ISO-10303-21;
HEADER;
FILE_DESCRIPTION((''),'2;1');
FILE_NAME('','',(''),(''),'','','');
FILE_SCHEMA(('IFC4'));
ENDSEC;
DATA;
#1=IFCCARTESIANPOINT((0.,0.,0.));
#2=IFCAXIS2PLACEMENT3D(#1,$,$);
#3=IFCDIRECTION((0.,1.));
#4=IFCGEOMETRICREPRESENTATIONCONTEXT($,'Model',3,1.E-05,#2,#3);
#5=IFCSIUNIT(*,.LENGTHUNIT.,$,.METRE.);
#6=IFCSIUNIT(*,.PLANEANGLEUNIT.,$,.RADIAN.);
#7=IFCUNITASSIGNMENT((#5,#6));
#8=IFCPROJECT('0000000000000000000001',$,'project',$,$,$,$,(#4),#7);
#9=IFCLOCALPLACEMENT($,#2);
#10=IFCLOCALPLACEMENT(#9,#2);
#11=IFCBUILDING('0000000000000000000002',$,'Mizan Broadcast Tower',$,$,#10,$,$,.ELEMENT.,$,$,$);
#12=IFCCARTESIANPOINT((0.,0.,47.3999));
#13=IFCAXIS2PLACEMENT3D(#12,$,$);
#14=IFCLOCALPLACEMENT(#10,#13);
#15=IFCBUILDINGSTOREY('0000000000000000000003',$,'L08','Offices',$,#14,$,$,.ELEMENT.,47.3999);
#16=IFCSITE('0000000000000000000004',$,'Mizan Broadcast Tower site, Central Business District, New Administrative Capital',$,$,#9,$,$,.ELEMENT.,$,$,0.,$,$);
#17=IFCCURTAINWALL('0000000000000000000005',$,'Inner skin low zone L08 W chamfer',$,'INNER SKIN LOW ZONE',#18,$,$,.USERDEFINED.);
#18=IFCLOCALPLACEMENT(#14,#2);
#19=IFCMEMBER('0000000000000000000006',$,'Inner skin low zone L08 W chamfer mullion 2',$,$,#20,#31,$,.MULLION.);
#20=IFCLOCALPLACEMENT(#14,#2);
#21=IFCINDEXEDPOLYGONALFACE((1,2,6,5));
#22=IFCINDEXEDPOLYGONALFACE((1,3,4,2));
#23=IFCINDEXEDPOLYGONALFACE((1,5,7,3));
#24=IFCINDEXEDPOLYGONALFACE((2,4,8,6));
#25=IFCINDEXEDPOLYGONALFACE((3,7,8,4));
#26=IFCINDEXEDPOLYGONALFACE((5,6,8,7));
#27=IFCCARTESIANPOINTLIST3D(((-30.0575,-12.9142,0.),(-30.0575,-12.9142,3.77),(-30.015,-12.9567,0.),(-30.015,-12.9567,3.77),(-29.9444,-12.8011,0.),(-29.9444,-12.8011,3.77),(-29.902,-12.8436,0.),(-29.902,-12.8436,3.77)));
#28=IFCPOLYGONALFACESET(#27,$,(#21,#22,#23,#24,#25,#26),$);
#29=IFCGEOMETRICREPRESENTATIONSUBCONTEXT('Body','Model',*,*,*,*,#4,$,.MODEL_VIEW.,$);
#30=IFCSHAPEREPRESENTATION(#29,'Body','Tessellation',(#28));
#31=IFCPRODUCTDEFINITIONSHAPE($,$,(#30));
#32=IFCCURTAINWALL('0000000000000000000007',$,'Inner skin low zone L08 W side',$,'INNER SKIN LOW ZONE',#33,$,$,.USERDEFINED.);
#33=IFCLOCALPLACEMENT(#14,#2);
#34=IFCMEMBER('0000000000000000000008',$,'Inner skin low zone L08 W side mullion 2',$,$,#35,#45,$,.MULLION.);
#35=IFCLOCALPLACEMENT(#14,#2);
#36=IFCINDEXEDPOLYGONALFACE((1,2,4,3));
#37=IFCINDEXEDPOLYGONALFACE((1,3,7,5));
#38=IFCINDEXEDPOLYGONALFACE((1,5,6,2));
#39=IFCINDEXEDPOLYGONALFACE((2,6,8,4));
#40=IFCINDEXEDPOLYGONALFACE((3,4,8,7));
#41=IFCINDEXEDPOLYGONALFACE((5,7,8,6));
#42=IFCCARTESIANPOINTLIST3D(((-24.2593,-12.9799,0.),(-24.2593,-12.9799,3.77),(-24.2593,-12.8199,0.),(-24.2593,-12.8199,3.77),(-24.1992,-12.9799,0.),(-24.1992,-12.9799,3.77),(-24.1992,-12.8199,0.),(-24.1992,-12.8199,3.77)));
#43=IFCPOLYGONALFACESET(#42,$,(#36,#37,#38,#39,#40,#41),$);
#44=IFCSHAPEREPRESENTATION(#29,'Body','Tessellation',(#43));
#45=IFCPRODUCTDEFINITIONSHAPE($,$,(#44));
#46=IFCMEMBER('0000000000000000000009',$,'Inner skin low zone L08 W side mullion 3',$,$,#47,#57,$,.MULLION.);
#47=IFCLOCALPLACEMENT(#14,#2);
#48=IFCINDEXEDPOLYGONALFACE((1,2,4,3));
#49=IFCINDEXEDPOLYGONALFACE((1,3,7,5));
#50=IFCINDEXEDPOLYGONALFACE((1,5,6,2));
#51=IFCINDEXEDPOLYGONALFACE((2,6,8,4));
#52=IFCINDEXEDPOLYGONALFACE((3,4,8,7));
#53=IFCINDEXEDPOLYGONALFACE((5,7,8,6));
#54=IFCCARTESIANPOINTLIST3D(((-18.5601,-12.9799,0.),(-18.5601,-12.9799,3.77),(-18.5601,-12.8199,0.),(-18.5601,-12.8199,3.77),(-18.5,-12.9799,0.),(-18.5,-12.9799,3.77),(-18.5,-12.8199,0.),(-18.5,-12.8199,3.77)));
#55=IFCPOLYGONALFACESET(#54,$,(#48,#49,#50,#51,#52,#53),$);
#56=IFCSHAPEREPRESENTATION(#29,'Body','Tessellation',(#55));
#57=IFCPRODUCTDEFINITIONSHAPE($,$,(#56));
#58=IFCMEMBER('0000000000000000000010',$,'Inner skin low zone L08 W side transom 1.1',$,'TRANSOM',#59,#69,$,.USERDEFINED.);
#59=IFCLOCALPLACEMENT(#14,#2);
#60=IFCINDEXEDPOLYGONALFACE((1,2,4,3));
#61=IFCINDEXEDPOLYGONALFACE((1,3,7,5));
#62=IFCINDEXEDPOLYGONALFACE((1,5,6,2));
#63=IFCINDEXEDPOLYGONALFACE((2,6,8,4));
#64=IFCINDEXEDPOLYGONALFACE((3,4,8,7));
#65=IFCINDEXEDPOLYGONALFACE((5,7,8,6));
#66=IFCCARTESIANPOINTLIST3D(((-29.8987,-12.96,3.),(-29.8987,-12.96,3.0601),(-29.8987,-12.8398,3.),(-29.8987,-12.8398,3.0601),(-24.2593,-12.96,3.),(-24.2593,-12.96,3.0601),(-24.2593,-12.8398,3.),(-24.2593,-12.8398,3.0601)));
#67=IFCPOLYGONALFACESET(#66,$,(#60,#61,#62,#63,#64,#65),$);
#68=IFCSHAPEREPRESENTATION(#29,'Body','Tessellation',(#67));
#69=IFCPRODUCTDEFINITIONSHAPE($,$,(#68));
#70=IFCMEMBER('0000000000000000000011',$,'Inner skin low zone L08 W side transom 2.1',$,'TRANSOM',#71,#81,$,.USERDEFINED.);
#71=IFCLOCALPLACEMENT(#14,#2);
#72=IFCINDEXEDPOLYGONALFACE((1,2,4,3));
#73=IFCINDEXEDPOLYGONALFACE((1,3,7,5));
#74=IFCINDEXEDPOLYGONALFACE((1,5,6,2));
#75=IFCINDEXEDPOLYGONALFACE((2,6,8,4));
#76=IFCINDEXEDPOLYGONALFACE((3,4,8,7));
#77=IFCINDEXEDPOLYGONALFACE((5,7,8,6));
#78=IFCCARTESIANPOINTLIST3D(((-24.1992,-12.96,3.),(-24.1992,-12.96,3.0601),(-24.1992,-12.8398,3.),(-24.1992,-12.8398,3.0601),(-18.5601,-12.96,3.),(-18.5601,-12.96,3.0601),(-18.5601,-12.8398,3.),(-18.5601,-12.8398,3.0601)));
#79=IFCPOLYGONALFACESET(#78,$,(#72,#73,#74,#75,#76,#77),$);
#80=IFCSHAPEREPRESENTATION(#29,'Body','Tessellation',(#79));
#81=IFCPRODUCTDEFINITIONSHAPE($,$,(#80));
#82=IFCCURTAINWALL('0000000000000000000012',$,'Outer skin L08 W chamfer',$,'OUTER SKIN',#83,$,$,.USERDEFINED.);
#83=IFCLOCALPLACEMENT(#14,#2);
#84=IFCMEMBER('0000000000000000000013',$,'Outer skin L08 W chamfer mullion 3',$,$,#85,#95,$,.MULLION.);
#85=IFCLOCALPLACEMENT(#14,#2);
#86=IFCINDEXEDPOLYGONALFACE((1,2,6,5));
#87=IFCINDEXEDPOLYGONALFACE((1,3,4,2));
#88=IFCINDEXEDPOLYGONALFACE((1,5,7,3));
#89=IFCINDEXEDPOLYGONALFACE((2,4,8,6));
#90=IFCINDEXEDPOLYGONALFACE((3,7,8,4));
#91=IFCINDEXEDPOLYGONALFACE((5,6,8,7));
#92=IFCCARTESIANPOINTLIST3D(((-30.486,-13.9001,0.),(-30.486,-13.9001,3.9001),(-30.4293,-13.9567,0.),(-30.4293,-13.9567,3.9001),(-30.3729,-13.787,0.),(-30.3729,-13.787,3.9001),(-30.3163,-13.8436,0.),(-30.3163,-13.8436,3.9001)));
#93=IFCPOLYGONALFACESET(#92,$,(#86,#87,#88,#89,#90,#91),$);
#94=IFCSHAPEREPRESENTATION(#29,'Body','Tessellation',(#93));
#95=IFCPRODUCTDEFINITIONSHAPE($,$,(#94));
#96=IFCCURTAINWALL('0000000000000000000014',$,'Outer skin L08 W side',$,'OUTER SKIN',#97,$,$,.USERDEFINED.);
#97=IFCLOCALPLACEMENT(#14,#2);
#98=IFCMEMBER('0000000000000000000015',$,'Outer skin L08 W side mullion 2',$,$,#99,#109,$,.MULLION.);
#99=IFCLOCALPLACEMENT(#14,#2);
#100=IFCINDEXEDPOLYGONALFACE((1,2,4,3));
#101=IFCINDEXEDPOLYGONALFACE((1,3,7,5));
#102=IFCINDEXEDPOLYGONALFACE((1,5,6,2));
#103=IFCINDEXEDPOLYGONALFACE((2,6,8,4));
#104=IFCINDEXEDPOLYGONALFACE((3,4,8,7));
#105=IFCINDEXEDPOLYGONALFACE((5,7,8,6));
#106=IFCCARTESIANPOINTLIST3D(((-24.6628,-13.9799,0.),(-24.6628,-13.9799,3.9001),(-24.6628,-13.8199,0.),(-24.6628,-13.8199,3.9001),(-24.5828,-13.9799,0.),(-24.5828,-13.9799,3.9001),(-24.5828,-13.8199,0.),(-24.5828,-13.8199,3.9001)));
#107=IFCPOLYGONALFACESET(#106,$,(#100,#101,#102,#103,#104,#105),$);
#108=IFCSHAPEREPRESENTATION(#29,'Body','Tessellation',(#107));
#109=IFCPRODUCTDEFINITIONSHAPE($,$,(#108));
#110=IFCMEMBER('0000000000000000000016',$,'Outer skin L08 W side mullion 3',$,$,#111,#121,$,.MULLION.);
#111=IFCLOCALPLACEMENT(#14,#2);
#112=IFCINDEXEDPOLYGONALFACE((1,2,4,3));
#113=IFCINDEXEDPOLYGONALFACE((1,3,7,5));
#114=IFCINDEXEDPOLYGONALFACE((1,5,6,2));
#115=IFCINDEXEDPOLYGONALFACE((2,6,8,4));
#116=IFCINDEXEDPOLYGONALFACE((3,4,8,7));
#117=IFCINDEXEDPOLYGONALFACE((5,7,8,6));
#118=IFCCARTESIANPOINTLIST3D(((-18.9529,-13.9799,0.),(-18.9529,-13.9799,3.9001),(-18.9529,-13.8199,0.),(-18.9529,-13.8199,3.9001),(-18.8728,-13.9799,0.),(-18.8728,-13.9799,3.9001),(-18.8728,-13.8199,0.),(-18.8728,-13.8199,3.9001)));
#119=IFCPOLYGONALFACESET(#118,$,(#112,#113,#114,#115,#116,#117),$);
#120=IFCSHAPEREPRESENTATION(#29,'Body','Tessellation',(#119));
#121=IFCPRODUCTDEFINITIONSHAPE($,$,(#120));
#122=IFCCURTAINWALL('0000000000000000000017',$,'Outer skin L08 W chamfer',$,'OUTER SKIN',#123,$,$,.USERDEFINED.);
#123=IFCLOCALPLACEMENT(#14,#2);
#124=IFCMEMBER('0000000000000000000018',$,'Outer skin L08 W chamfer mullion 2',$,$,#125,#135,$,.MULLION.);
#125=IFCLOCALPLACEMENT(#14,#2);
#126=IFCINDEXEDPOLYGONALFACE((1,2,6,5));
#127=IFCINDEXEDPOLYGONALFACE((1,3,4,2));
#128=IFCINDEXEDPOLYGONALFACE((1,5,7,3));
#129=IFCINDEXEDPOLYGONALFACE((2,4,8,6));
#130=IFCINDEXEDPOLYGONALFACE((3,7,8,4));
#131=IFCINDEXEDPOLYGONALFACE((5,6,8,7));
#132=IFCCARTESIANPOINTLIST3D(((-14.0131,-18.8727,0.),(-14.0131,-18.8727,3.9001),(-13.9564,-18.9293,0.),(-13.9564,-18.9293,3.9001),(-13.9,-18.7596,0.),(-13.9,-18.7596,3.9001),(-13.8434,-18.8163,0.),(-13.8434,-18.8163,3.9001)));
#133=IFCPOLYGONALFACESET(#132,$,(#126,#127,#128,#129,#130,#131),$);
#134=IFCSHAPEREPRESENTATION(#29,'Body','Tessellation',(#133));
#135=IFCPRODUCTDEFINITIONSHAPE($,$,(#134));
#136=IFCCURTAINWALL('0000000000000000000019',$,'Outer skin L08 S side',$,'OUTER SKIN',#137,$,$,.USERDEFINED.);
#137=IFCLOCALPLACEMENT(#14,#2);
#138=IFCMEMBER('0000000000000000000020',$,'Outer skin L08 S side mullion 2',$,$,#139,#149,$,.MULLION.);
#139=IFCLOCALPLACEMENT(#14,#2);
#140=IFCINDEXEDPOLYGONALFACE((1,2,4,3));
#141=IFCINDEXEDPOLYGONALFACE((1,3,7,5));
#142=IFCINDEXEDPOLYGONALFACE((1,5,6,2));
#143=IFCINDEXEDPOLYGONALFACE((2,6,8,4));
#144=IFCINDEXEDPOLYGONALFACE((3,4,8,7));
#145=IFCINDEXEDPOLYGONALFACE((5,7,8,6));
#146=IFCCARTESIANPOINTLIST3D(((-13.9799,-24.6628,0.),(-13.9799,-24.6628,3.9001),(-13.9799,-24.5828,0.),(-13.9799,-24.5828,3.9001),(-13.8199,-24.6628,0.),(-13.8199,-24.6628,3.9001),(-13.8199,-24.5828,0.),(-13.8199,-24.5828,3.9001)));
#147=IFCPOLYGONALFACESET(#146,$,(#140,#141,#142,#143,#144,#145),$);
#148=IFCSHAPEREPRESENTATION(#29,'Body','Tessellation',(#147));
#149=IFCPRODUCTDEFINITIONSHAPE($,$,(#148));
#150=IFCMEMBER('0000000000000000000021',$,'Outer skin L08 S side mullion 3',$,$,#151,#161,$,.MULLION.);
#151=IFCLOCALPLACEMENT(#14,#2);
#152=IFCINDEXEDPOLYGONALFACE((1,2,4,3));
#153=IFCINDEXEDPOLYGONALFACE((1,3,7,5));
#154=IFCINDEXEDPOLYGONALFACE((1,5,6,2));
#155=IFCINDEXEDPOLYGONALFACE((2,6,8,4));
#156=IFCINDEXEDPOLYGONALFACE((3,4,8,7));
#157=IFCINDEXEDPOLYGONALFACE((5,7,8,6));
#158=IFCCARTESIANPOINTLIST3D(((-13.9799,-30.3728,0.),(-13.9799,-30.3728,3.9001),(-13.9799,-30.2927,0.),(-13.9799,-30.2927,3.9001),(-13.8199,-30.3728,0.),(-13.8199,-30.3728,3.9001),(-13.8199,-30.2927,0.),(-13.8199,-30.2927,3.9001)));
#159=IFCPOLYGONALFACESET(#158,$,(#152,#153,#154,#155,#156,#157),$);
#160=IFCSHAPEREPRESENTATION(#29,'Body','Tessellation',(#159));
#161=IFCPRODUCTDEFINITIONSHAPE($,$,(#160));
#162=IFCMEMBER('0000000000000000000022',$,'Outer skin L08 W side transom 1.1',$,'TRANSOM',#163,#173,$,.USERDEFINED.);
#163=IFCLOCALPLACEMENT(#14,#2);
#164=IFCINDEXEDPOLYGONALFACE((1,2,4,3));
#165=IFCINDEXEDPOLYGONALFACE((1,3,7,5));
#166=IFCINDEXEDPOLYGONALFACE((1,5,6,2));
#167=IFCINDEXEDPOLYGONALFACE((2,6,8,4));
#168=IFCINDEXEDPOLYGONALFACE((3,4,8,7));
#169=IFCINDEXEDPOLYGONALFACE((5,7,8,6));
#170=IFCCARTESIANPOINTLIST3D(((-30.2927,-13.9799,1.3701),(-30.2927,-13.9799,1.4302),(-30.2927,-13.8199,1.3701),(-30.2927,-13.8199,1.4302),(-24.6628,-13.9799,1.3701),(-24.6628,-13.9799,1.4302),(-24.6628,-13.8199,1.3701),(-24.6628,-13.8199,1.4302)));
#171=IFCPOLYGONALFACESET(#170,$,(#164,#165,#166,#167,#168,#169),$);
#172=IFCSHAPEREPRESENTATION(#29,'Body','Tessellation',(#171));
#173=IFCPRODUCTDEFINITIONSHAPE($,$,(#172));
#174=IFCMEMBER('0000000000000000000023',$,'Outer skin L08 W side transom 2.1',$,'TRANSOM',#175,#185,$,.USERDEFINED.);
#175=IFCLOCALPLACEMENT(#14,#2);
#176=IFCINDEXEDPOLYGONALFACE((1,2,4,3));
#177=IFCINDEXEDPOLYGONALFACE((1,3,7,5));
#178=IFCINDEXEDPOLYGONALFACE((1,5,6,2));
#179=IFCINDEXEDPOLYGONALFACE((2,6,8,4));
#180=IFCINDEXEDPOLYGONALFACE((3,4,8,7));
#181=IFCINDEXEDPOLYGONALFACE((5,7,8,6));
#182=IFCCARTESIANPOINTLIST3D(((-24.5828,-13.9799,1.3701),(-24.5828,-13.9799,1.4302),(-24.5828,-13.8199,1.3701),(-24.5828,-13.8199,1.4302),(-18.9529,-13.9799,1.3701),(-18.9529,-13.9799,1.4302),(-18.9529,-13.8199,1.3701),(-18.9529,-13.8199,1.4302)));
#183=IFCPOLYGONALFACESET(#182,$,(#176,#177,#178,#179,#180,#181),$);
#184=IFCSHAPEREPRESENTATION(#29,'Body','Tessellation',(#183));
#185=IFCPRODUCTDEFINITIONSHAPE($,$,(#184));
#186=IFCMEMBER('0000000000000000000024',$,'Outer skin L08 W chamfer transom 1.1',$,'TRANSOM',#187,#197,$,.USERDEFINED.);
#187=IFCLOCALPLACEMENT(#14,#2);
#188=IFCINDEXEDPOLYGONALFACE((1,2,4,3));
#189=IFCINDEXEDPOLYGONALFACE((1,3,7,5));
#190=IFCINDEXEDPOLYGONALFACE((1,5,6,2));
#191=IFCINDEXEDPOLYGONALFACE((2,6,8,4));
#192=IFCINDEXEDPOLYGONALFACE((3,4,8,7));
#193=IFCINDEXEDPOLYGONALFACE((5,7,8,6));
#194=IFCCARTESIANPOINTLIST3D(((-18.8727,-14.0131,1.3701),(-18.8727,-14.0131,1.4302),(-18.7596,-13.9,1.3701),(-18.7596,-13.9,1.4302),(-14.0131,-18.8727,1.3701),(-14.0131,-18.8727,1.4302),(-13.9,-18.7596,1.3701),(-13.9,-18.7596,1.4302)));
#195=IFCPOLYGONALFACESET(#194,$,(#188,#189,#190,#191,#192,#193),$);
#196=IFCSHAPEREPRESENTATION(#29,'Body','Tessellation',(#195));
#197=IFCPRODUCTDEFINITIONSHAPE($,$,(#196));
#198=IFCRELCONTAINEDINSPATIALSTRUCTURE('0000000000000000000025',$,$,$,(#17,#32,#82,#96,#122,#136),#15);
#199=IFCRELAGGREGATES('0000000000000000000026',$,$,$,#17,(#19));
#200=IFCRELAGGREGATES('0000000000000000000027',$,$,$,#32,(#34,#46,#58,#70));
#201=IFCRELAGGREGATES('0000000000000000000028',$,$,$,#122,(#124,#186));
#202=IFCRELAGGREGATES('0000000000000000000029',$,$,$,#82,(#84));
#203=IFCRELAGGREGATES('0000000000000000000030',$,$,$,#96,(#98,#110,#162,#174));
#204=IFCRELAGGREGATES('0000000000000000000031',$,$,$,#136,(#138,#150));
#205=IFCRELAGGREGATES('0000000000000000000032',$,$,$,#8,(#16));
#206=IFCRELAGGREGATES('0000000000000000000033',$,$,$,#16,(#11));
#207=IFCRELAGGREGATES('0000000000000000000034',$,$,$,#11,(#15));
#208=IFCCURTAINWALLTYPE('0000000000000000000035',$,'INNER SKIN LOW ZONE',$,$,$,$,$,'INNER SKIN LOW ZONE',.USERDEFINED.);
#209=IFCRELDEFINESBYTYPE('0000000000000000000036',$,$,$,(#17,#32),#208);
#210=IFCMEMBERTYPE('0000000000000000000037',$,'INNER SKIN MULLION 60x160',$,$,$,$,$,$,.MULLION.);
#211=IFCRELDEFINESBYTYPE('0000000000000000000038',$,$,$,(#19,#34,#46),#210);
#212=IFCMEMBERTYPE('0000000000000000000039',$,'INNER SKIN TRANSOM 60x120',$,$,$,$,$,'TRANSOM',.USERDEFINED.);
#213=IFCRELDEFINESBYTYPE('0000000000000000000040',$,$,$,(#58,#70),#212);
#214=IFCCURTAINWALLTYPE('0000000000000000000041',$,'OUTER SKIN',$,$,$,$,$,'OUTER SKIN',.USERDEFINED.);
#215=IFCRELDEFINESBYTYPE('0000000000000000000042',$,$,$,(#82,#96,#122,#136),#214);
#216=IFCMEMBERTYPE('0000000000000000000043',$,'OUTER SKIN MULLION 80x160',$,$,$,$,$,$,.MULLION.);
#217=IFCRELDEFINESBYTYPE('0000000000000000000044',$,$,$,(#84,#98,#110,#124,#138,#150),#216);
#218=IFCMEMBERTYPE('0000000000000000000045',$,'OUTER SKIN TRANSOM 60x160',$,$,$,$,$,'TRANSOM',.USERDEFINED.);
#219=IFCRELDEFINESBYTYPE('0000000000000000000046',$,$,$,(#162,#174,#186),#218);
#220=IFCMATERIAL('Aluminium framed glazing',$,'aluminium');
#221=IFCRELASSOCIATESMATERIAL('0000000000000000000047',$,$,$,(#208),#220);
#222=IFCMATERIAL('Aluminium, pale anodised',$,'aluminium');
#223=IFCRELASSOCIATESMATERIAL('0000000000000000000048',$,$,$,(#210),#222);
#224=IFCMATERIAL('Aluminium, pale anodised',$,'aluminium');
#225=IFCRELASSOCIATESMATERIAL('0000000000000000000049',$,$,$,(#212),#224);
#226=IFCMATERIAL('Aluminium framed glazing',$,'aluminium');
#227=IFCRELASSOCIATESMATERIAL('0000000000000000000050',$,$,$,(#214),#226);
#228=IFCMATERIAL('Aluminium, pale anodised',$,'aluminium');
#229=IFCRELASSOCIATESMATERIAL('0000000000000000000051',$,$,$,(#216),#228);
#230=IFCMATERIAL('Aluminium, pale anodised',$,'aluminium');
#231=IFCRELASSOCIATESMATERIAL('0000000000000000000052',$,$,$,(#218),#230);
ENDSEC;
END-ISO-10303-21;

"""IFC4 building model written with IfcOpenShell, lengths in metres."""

from ifc_helpers import new_model, si_unit, direction, frame, origin, origin_2d, place, context, subcontext, project, spatial, rectangle, extrude, material, material_profile, profile_set, type_object, element, aggregate, save


model = new_model("IFC4")

# Units and contexts
model_context = context("Model", 3, precision=1e-05, world=origin(), true_north=direction((0.0, 1.0)))
body_context = subcontext(model_context, "Body", "Model", "MODEL_VIEW")
ifc_project = project(units=[si_unit("LENGTHUNIT", "METRE"), si_unit("PLANEANGLEUNIT", "RADIAN")], contexts=[model_context])

# Site, building, storey
site_placement = place(None, origin())
site = spatial("IfcSite", under=ifc_project, at=site_placement, Name="Mizan Broadcast Tower site, Central Business District, New Administrative Capital", CompositionType="ELEMENT", RefElevation=0.0)
building_placement = place(site_placement, origin())
building = spatial("IfcBuilding", under=site, at=building_placement, Name="Mizan Broadcast Tower", CompositionType="ELEMENT")
storey_placement = place(building_placement, frame((0.0, 0.0, 47.3999)))
storey = spatial("IfcBuildingStorey", under=building, at=storey_placement, Name="L08", Description="Offices", CompositionType="ELEMENT", Elevation=47.3999)

# Curtain wall, member
ifc_material_1 = material(Name="Aluminium framed glazing", Category="aluminium")
curtain_wall_type_1 = type_object("IfcCurtainWallType", Name="INNER SKIN LOW ZONE", ElementType="INNER SKIN LOW ZONE", PredefinedType="USERDEFINED", material=ifc_material_1)
curtain_wall_1_placement = place(storey_placement, origin())
curtain_wall_1 = element("IfcCurtainWall", 1, at=curtain_wall_1_placement, inside=storey, type_object=curtain_wall_type_1, Name="Inner skin low zone L08 W chamfer", ObjectType="INNER SKIN LOW ZONE", PredefinedType="USERDEFINED")
ifc_material_2 = material(Name="Aluminium, pale anodised", Category="aluminium")
ifc_material_profile_1 = material_profile(ifc_material_2, rectangle(XDim=0.1599, YDim=0.0601, at=origin_2d()), Name="MULLION 160x60")
ifc_profile_set_1 = profile_set([ifc_material_profile_1], Name="Aluminium, pale anodised")
member_type_1 = type_object("IfcMemberType", Name="INNER SKIN MULLION 60x160", PredefinedType="MULLION", material=ifc_profile_set_1)
member_1_placement = place(storey_placement, frame((-29.9797, -12.8789, 0.0), z_axis=(0.0, 0.0, 1.0), x_axis=(0.707107, 0.707107, 0.0)))
member_1 = element("IfcMember", 2, at=member_1_placement, type_object=member_type_1, Name="Inner skin low zone L08 W chamfer mullion 2", PredefinedType="MULLION", context=body_context, shape_type="SweptSolid", body=[
    extrude(rectangle(XDim=0.1599, YDim=0.0601, at=origin_2d()), origin(), (0.0, 0.0, 1.0), 3.77),
])
aggregate(curtain_wall_1, [member_1])

# Curtain wall, members
curtain_wall_2_placement = place(storey_placement, origin())
curtain_wall_2 = element("IfcCurtainWall", 3, at=curtain_wall_2_placement, inside=storey, type_object=curtain_wall_type_1, Name="Inner skin low zone L08 W side", ObjectType="INNER SKIN LOW ZONE", PredefinedType="USERDEFINED")
member_2_placement = place(storey_placement, frame((-24.2292, -12.8999, 0.0), z_axis=(0.0, 0.0, 1.0), x_axis=(0.0, 1.0, 0.0)))
member_2 = element("IfcMember", 4, at=member_2_placement, type_object=member_type_1, Name="Inner skin low zone L08 W side mullion 2", PredefinedType="MULLION", context=body_context, shape_type="SweptSolid", body=[
    extrude(rectangle(XDim=0.1599, YDim=0.0601, at=origin_2d()), origin(), (0.0, 0.0, 1.0), 3.77),
])
member_3_placement = place(storey_placement, frame((-18.53, -12.8999, 0.0), z_axis=(0.0, 0.0, 1.0), x_axis=(0.0, 1.0, 0.0)))
member_3 = element("IfcMember", 5, at=member_3_placement, type_object=member_type_1, Name="Inner skin low zone L08 W side mullion 3", PredefinedType="MULLION", context=body_context, shape_type="SweptSolid", body=[
    extrude(rectangle(XDim=0.1599, YDim=0.0601, at=origin_2d()), origin(), (0.0, 0.0, 1.0), 3.77),
])
ifc_material_3 = material(Name="Aluminium, pale anodised", Category="aluminium")
ifc_material_profile_2 = material_profile(ifc_material_3, rectangle(XDim=0.1201, YDim=0.0601, at=origin_2d()), Name="TRANSOM 120x60")
ifc_profile_set_2 = profile_set([ifc_material_profile_2], Name="Aluminium, pale anodised")
member_type_2 = type_object("IfcMemberType", Name="INNER SKIN TRANSOM 60x120", ElementType="TRANSOM", PredefinedType="USERDEFINED", material=ifc_profile_set_2)
member_4_placement = place(storey_placement, frame((-29.8987, -12.8999, 3.03), z_axis=(1.0, 0.0, 0.0), x_axis=(0.0, 1.0, 0.0)))
member_4 = element("IfcMember", 6, at=member_4_placement, type_object=member_type_2, Name="Inner skin low zone L08 W side transom 1.1", ObjectType="TRANSOM", PredefinedType="USERDEFINED", context=body_context, shape_type="SweptSolid", body=[
    extrude(rectangle(XDim=0.1201, YDim=0.0601, at=origin_2d()), origin(), (0.0, 0.0, 1.0), 5.6394),
])
member_5_placement = place(storey_placement, frame((-24.1992, -12.8999, 3.03), z_axis=(1.0, 0.0, 0.0), x_axis=(0.0, 1.0, 0.0)))
member_5 = element("IfcMember", 7, at=member_5_placement, type_object=member_type_2, Name="Inner skin low zone L08 W side transom 2.1", ObjectType="TRANSOM", PredefinedType="USERDEFINED", context=body_context, shape_type="SweptSolid", body=[
    extrude(rectangle(XDim=0.1201, YDim=0.0601, at=origin_2d()), origin(), (0.0, 0.0, 1.0), 5.6392),
])

# Curtain wall, member
ifc_material_4 = material(Name="Aluminium framed glazing", Category="aluminium")
curtain_wall_type_2 = type_object("IfcCurtainWallType", Name="OUTER SKIN", ElementType="OUTER SKIN", PredefinedType="USERDEFINED", material=ifc_material_4)
curtain_wall_3_placement = place(storey_placement, origin())
curtain_wall_3 = element("IfcCurtainWall", 8, at=curtain_wall_3_placement, inside=storey, type_object=curtain_wall_type_2, Name="Outer skin L08 W chamfer", ObjectType="OUTER SKIN", PredefinedType="USERDEFINED")
ifc_material_5 = material(Name="Aluminium, pale anodised", Category="aluminium")
ifc_material_profile_3 = material_profile(ifc_material_5, rectangle(XDim=0.1599, YDim=0.0801, at=origin_2d()), Name="MULLION 160x80")
ifc_profile_set_3 = profile_set([ifc_material_profile_3], Name="Aluminium, pale anodised")
member_type_3 = type_object("IfcMemberType", Name="OUTER SKIN MULLION 80x160", PredefinedType="MULLION", material=ifc_profile_set_3)
member_6_placement = place(storey_placement, frame((-30.4011, -13.8718, 0.0), z_axis=(0.0, 0.0, 1.0), x_axis=(0.707107, 0.707107, 0.0)))
member_6 = element("IfcMember", 9, at=member_6_placement, type_object=member_type_3, Name="Outer skin L08 W chamfer mullion 3", PredefinedType="MULLION", context=body_context, shape_type="SweptSolid", body=[
    extrude(rectangle(XDim=0.1599, YDim=0.0801, at=origin_2d()), origin(), (0.0, 0.0, 1.0), 3.9001),
])

# Curtain wall, members
curtain_wall_4_placement = place(storey_placement, origin())
curtain_wall_4 = element("IfcCurtainWall", 10, at=curtain_wall_4_placement, inside=storey, type_object=curtain_wall_type_2, Name="Outer skin L08 W side", ObjectType="OUTER SKIN", PredefinedType="USERDEFINED")
member_7_placement = place(storey_placement, frame((-24.6228, -13.8999, 0.0), z_axis=(0.0, 0.0, 1.0), x_axis=(0.0, 1.0, 0.0)))
member_7 = element("IfcMember", 11, at=member_7_placement, type_object=member_type_3, Name="Outer skin L08 W side mullion 2", PredefinedType="MULLION", context=body_context, shape_type="SweptSolid", body=[
    extrude(rectangle(XDim=0.1599, YDim=0.0801, at=origin_2d()), origin(), (0.0, 0.0, 1.0), 3.9001),
])
member_8_placement = place(storey_placement, frame((-18.9128, -13.8999, 0.0), z_axis=(0.0, 0.0, 1.0), x_axis=(0.0, 1.0, 0.0)))
member_8 = element("IfcMember", 12, at=member_8_placement, type_object=member_type_3, Name="Outer skin L08 W side mullion 3", PredefinedType="MULLION", context=body_context, shape_type="SweptSolid", body=[
    extrude(rectangle(XDim=0.1599, YDim=0.0801, at=origin_2d()), origin(), (0.0, 0.0, 1.0), 3.9001),
])

# Curtain wall, member
curtain_wall_5_placement = place(storey_placement, origin())
curtain_wall_5 = element("IfcCurtainWall", 13, at=curtain_wall_5_placement, inside=storey, type_object=curtain_wall_type_2, Name="Outer skin L08 W chamfer", ObjectType="OUTER SKIN", PredefinedType="USERDEFINED")
member_9_placement = place(storey_placement, frame((-13.9282, -18.8445, 0.0), z_axis=(0.0, 0.0, 1.0), x_axis=(0.707107, 0.707107, 0.0)))
member_9 = element("IfcMember", 14, at=member_9_placement, type_object=member_type_3, Name="Outer skin L08 W chamfer mullion 2", PredefinedType="MULLION", context=body_context, shape_type="SweptSolid", body=[
    extrude(rectangle(XDim=0.1599, YDim=0.0801, at=origin_2d()), origin(), (0.0, 0.0, 1.0), 3.9001),
])

# Curtain wall, members
curtain_wall_6_placement = place(storey_placement, origin())
curtain_wall_6 = element("IfcCurtainWall", 15, at=curtain_wall_6_placement, inside=storey, type_object=curtain_wall_type_2, Name="Outer skin L08 S side", ObjectType="OUTER SKIN", PredefinedType="USERDEFINED")
member_10_placement = place(storey_placement, frame((-13.8999, -24.6228, 0.0), z_axis=(0.0, 0.0, 1.0), x_axis=(1.0, 0.0, 0.0)))
member_10 = element("IfcMember", 16, at=member_10_placement, type_object=member_type_3, Name="Outer skin L08 S side mullion 2", PredefinedType="MULLION", context=body_context, shape_type="SweptSolid", body=[
    extrude(rectangle(XDim=0.1599, YDim=0.0801, at=origin_2d()), origin(), (0.0, 0.0, 1.0), 3.9001),
])
member_11_placement = place(storey_placement, frame((-13.8999, -30.3328, 0.0), z_axis=(0.0, 0.0, 1.0), x_axis=(1.0, 0.0, 0.0)))
member_11 = element("IfcMember", 17, at=member_11_placement, type_object=member_type_3, Name="Outer skin L08 S side mullion 3", PredefinedType="MULLION", context=body_context, shape_type="SweptSolid", body=[
    extrude(rectangle(XDim=0.1599, YDim=0.0801, at=origin_2d()), origin(), (0.0, 0.0, 1.0), 3.9001),
])

# Members
ifc_material_6 = material(Name="Aluminium, pale anodised", Category="aluminium")
ifc_material_profile_4 = material_profile(ifc_material_6, rectangle(XDim=0.1599, YDim=0.0601, at=origin_2d()), Name="TRANSOM 160x60")
ifc_profile_set_4 = profile_set([ifc_material_profile_4], Name="Aluminium, pale anodised")
member_type_4 = type_object("IfcMemberType", Name="OUTER SKIN TRANSOM 60x160", ElementType="TRANSOM", PredefinedType="USERDEFINED", material=ifc_profile_set_4)
member_12_placement = place(storey_placement, frame((-30.2927, -13.8999, 1.4001), z_axis=(1.0, 0.0, 0.0), x_axis=(0.0, 1.0, 0.0)))
member_12 = element("IfcMember", 18, at=member_12_placement, type_object=member_type_4, Name="Outer skin L08 W side transom 1.1", ObjectType="TRANSOM", PredefinedType="USERDEFINED", context=body_context, shape_type="SweptSolid", body=[
    extrude(rectangle(XDim=0.1599, YDim=0.0601, at=origin_2d()), origin(), (0.0, 0.0, 1.0), 5.6299),
])
member_13_placement = place(storey_placement, frame((-24.5828, -13.8999, 1.4001), z_axis=(1.0, 0.0, 0.0), x_axis=(0.0, 1.0, 0.0)))
member_13 = element("IfcMember", 19, at=member_13_placement, type_object=member_type_4, Name="Outer skin L08 W side transom 2.1", ObjectType="TRANSOM", PredefinedType="USERDEFINED", context=body_context, shape_type="SweptSolid", body=[
    extrude(rectangle(XDim=0.1599, YDim=0.0601, at=origin_2d()), origin(), (0.0, 0.0, 1.0), 5.6299),
])
member_14_placement = place(storey_placement, frame((-18.8162, -13.9565, 1.4001), z_axis=(0.707107, -0.707107, 0.0), x_axis=(0.707107, 0.707107, 0.0)))
member_14 = element("IfcMember", 20, at=member_14_placement, type_object=member_type_4, Name="Outer skin L08 W chamfer transom 1.1", ObjectType="TRANSOM", PredefinedType="USERDEFINED", context=body_context, shape_type="SweptSolid", body=[
    extrude(rectangle(XDim=0.1599, YDim=0.0601, at=origin_2d()), origin(), (0.0, 0.0, 1.0), 6.8726),
])

aggregate(curtain_wall_2, [member_2, member_3, member_4, member_5])
aggregate(curtain_wall_5, [member_9, member_14])
aggregate(curtain_wall_3, [member_6])
aggregate(curtain_wall_4, [member_7, member_8, member_12, member_13])
aggregate(curtain_wall_6, [member_10, member_11])

save(model, "model.ifc")
